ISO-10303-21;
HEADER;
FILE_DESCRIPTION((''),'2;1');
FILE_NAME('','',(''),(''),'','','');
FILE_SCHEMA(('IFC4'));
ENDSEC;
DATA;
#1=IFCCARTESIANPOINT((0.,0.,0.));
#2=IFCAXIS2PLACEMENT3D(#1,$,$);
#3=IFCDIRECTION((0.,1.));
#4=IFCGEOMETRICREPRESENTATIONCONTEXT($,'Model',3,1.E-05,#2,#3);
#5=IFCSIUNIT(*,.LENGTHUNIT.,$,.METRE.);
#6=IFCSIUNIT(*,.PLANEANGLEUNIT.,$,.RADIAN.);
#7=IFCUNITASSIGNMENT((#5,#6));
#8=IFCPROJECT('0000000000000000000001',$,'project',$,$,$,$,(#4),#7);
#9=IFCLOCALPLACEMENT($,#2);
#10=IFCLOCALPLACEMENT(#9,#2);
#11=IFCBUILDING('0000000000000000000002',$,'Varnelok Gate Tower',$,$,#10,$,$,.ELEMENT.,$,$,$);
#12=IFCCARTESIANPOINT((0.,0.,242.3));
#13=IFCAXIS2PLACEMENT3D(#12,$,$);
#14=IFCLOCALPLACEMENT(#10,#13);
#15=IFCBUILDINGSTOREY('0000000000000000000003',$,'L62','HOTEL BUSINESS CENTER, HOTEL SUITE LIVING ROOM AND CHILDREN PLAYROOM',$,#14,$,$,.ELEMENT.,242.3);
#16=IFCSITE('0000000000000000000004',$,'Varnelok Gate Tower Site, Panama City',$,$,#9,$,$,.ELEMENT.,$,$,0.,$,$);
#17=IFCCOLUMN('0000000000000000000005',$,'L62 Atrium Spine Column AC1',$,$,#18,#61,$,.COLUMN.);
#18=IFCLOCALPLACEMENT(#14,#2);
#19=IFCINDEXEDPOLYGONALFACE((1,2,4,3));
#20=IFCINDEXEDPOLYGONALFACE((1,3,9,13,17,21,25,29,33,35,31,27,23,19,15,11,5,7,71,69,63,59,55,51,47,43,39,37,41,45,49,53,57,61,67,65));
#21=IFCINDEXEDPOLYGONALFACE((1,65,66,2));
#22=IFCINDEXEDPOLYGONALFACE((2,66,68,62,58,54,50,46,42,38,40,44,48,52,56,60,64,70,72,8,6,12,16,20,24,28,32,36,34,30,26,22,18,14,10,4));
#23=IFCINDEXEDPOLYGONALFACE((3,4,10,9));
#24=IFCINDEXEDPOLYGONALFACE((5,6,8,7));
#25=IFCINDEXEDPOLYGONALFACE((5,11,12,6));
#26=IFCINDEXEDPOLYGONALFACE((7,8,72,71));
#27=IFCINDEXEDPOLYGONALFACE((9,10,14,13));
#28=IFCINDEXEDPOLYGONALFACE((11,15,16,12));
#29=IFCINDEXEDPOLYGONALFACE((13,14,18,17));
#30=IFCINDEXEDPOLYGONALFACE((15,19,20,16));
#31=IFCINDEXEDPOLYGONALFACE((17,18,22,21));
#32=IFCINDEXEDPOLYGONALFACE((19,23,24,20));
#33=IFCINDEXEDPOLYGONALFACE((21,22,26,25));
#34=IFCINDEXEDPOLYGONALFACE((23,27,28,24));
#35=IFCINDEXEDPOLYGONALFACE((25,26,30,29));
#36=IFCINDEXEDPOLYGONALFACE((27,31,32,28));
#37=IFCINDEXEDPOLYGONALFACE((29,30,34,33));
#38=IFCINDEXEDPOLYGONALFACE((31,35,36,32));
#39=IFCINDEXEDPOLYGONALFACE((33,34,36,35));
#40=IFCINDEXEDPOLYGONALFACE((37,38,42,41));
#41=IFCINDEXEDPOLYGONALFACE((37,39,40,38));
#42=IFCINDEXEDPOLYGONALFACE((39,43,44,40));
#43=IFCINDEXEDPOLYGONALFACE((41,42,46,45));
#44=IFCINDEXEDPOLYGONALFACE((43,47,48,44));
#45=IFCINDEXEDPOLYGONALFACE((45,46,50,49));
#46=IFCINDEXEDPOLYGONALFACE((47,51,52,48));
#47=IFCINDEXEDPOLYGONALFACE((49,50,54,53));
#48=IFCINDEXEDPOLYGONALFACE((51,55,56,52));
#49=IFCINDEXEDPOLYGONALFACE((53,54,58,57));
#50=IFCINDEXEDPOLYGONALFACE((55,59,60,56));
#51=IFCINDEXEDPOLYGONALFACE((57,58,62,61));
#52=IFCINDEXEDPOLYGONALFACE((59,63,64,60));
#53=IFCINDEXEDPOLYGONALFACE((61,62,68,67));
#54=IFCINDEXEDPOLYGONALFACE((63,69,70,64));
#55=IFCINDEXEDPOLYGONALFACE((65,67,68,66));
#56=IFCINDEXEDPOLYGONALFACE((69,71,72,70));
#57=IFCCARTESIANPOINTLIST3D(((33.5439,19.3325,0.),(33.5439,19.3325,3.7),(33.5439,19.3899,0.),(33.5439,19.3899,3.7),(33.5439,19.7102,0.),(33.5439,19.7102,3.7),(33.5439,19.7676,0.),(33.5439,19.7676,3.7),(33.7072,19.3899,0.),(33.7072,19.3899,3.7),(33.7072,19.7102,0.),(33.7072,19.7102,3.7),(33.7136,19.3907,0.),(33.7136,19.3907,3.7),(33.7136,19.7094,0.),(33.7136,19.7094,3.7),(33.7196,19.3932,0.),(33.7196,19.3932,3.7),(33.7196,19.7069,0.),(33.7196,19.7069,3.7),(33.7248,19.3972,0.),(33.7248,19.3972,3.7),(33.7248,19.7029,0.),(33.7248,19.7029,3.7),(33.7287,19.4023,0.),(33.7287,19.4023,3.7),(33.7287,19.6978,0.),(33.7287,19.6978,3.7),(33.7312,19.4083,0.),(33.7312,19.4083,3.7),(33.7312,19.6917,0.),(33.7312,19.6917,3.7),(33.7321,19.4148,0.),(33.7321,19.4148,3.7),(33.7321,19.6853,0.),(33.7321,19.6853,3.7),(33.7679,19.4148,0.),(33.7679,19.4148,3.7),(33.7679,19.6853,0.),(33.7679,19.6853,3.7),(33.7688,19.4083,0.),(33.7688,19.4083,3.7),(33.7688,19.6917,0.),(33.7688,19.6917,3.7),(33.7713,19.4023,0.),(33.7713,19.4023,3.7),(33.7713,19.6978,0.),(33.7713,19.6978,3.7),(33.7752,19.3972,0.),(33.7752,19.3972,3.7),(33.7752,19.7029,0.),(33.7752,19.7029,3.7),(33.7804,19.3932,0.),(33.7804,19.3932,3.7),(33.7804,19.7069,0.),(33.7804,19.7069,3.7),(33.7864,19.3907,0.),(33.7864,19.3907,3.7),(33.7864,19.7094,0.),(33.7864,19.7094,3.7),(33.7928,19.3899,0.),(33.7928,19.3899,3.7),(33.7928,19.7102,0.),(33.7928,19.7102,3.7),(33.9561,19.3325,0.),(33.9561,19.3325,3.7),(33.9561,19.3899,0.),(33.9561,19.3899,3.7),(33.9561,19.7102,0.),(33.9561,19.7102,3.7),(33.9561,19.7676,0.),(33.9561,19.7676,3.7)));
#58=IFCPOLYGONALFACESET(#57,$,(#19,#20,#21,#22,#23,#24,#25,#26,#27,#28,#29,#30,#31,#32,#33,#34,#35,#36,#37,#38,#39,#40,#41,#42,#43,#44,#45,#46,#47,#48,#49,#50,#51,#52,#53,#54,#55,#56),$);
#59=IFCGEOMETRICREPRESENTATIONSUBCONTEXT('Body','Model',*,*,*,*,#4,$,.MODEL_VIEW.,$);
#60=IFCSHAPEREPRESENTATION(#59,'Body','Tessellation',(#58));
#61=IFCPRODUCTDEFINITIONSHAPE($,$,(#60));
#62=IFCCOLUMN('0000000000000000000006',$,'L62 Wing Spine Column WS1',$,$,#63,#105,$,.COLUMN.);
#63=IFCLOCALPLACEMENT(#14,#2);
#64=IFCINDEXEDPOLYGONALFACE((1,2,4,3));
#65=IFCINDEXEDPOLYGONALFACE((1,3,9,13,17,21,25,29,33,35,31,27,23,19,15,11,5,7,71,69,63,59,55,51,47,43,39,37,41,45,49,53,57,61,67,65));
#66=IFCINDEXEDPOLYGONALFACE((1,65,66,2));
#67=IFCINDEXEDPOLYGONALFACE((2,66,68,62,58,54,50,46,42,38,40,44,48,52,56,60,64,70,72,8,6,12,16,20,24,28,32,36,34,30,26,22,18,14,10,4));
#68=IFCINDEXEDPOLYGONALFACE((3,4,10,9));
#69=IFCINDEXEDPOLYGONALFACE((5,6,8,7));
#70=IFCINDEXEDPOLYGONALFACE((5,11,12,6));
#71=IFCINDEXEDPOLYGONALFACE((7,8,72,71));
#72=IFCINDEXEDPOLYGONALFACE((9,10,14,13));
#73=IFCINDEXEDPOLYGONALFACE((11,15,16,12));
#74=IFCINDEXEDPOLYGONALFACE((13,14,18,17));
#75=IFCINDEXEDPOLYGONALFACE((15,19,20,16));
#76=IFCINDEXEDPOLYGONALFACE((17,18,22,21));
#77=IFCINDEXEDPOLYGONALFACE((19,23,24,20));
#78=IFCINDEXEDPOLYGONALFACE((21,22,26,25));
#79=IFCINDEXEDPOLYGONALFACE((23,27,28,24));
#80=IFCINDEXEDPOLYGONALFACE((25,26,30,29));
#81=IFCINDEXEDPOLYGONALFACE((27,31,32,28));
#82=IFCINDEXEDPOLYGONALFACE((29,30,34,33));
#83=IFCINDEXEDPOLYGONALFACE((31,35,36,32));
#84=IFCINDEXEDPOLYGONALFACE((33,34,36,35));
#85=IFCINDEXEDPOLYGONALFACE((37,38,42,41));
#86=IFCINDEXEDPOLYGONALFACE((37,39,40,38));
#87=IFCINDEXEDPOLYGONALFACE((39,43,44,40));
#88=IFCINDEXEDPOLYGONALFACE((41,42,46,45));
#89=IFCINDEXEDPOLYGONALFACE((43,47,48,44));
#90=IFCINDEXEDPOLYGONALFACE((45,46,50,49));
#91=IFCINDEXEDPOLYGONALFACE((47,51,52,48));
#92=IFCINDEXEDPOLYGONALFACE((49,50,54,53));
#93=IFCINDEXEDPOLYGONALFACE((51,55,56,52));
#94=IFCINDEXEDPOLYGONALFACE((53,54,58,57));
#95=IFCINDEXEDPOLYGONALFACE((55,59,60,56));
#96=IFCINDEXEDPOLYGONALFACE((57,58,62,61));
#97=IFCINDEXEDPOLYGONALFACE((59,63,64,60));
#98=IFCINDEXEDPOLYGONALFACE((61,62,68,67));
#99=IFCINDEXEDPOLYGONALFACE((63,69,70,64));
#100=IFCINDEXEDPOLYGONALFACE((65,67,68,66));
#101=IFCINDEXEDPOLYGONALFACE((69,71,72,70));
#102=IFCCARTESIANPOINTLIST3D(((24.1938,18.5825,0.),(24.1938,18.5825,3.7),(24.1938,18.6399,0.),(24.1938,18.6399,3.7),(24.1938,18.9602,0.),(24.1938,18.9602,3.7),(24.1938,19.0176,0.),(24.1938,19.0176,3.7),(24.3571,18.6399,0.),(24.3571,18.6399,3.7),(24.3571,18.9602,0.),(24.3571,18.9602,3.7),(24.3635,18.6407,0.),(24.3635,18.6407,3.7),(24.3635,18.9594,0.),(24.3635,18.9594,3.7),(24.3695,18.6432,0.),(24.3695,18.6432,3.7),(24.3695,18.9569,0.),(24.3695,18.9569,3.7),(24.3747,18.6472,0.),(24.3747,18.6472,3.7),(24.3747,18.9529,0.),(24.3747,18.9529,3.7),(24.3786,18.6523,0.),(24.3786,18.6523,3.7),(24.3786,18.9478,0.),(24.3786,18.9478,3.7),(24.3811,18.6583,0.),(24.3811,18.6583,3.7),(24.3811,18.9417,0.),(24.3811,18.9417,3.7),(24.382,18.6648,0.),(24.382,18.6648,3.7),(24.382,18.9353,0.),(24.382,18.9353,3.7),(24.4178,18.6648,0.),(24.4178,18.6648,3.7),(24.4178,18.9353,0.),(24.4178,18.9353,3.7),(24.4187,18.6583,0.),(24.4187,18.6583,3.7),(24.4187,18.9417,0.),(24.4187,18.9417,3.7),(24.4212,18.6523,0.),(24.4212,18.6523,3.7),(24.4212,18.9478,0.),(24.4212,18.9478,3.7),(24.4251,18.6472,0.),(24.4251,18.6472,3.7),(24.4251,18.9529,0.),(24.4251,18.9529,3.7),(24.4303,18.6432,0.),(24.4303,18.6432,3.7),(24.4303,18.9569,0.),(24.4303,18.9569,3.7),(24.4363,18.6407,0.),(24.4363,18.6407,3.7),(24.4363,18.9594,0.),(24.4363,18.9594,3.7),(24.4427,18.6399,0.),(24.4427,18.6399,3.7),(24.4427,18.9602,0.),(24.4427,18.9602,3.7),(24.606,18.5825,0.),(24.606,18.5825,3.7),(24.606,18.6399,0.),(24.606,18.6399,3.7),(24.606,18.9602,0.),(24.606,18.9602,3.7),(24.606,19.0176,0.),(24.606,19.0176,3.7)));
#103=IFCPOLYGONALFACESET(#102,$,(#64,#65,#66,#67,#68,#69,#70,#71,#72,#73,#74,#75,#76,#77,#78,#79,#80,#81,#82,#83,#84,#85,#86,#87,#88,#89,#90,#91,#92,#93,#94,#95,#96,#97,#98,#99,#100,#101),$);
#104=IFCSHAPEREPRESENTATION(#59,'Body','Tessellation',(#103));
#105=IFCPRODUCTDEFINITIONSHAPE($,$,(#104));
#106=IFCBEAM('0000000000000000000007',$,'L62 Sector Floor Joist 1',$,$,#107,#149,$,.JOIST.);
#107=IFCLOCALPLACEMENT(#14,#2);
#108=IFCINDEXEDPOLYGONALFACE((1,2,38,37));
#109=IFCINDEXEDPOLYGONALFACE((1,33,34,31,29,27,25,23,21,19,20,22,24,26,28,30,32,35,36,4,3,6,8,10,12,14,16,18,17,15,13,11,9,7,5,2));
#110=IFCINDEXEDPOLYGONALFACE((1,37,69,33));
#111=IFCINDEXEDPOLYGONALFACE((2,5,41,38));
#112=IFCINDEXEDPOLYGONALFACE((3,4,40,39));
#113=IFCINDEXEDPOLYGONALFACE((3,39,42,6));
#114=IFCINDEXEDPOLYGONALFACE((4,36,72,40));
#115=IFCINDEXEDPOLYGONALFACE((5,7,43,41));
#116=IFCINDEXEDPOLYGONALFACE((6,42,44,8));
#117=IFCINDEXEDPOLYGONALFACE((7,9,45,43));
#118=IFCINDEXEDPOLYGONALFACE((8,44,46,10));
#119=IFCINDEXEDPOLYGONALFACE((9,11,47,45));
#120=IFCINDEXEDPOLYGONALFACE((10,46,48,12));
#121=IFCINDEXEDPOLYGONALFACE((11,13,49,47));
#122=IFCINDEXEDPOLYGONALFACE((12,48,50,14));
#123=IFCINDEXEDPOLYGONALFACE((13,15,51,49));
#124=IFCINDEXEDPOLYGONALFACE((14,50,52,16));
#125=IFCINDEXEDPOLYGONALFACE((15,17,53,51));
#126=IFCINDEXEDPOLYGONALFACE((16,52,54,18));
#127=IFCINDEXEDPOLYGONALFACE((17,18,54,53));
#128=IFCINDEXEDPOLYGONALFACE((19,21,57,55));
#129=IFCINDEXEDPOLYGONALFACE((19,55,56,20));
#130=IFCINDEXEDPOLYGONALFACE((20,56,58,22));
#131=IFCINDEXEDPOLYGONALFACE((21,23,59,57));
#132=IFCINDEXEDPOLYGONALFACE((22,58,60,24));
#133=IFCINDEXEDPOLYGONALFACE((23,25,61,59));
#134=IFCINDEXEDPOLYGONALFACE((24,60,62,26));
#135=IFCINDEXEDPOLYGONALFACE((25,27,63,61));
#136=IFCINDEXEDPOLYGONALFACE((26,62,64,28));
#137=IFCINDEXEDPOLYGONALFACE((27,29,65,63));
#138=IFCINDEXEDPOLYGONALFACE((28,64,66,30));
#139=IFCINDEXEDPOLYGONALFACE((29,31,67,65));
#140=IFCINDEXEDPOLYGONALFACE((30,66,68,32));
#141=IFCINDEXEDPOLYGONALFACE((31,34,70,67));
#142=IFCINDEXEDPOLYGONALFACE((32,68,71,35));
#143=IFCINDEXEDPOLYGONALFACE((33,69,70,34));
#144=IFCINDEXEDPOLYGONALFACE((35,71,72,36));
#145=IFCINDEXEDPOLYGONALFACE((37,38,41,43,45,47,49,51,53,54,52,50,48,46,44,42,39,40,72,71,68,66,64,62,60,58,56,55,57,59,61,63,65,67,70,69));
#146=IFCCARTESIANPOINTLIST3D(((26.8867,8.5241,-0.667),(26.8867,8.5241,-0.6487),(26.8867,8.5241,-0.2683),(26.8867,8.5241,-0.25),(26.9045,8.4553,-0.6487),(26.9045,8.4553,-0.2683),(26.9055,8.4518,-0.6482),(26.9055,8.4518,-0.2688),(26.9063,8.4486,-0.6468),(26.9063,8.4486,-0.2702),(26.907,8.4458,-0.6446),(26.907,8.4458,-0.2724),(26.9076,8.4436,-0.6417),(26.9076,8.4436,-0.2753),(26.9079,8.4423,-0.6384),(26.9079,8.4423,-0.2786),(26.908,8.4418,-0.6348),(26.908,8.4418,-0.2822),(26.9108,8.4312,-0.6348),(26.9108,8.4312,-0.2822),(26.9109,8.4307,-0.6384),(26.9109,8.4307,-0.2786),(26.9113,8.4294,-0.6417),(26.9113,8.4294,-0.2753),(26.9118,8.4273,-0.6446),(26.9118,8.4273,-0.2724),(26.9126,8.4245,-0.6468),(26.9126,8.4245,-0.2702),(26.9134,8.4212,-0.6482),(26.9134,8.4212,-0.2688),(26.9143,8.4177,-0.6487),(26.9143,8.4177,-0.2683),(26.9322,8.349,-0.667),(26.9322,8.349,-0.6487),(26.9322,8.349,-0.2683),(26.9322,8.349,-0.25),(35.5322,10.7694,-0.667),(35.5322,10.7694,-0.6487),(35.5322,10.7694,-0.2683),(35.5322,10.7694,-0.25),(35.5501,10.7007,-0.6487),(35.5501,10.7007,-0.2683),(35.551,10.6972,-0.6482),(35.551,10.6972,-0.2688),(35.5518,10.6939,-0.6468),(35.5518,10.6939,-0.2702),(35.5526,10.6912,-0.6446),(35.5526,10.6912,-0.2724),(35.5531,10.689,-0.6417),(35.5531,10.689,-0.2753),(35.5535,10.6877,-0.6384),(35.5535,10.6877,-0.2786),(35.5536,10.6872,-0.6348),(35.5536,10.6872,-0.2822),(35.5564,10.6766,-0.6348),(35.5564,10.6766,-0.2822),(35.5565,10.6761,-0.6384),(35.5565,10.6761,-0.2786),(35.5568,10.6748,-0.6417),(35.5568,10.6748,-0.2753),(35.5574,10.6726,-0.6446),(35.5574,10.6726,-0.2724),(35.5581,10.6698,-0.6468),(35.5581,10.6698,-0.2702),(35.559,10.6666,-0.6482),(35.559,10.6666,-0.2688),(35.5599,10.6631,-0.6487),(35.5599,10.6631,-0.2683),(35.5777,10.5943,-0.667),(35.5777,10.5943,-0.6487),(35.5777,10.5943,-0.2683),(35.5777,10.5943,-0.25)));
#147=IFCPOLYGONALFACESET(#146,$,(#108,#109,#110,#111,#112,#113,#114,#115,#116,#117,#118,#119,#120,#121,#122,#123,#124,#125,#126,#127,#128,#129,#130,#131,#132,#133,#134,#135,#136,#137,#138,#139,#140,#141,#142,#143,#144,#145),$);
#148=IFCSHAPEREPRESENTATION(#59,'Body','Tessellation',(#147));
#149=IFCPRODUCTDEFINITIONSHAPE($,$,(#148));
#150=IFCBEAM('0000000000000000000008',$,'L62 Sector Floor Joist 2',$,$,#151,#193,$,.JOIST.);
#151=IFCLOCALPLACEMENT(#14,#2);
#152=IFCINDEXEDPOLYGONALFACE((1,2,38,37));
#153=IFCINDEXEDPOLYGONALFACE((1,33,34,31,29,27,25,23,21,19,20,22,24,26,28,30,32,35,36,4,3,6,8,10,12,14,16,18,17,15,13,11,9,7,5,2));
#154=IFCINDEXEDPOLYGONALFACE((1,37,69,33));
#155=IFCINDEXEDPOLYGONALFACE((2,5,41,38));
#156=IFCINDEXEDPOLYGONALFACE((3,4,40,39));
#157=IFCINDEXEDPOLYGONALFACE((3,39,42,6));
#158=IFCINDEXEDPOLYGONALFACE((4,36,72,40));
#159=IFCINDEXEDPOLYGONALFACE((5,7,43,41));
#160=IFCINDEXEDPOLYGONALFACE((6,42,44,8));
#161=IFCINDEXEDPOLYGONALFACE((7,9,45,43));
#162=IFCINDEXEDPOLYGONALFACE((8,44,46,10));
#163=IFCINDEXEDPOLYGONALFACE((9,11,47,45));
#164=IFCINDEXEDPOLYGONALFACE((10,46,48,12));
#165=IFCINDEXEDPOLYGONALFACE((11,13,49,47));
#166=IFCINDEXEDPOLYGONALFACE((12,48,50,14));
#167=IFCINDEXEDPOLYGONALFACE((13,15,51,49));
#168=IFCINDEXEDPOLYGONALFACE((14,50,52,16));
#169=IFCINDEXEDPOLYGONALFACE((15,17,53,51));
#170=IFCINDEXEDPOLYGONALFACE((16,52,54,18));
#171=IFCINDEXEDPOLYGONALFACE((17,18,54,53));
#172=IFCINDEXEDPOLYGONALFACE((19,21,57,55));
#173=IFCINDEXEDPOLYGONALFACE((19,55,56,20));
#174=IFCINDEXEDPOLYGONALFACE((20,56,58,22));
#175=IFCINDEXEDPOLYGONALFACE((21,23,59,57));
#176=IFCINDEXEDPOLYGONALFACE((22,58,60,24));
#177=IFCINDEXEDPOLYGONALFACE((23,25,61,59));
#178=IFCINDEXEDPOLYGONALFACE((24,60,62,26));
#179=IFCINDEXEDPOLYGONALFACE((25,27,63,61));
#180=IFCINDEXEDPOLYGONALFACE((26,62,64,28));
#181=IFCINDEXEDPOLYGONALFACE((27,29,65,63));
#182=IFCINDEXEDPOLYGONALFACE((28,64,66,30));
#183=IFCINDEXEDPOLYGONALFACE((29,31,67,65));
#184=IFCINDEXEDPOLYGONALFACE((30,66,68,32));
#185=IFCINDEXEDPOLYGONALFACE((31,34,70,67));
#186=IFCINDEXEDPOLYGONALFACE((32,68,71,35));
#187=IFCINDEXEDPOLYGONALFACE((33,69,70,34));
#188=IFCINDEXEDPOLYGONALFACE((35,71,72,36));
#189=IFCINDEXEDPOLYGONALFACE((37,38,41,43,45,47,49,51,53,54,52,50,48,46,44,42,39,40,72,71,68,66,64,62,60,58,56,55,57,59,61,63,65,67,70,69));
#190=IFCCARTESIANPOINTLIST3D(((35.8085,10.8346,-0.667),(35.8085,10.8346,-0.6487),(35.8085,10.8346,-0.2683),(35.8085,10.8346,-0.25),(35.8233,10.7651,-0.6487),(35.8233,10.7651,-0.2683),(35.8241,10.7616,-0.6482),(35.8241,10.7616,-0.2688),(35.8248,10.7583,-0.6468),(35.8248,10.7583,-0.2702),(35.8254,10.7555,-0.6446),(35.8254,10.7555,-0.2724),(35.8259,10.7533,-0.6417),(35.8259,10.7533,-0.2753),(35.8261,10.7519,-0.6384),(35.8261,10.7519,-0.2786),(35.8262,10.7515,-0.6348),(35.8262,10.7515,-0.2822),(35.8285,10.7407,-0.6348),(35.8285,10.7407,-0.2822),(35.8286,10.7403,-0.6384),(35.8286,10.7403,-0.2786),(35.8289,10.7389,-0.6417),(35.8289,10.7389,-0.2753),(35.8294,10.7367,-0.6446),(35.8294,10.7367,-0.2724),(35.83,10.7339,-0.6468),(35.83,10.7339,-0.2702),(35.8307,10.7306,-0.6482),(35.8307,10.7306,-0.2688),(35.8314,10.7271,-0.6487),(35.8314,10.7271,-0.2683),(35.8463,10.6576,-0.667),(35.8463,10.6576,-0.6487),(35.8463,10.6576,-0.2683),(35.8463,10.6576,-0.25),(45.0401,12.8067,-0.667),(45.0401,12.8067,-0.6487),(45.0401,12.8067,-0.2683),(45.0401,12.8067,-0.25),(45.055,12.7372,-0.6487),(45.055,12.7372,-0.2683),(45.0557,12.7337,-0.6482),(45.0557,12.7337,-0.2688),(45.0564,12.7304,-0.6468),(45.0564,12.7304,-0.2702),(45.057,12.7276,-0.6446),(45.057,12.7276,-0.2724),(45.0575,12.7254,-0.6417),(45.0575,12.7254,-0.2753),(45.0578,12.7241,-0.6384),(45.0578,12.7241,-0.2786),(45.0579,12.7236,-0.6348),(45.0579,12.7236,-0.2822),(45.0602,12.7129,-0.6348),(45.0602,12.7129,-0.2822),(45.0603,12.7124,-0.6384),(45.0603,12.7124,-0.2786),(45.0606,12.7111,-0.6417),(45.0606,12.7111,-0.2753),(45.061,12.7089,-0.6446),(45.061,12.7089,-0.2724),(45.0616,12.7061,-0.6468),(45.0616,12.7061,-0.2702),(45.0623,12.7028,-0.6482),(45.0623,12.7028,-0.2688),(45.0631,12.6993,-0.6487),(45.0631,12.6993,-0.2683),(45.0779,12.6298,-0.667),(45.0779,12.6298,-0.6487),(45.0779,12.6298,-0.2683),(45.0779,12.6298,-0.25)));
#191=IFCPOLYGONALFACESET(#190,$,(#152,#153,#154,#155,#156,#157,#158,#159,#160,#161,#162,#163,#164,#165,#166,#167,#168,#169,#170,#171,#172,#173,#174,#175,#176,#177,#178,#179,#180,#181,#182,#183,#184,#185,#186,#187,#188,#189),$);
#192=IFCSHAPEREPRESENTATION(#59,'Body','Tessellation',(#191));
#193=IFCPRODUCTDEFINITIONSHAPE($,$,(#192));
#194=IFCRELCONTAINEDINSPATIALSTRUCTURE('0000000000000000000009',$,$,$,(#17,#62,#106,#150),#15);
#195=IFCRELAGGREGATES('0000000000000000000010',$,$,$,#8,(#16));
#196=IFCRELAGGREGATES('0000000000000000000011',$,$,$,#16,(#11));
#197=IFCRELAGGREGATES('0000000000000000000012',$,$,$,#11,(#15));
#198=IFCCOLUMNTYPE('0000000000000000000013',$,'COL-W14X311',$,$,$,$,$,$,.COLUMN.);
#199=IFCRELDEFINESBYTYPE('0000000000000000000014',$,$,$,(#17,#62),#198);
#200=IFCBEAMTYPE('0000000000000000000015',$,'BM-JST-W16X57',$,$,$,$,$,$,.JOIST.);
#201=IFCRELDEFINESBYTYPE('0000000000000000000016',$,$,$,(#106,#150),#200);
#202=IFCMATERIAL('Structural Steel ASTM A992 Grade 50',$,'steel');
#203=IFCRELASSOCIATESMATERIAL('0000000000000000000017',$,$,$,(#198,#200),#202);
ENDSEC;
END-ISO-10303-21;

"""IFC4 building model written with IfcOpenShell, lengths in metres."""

from ifc_helpers import new_model, si_unit, direction, frame, origin, origin_2d, place, context, subcontext, project, spatial, i_section, extrude, material, material_profile, profile_set, type_object, element, save


model = new_model("IFC4")

# Units and contexts
model_context = context("Model", 3, precision=1e-05, world=origin(), true_north=direction((0.0, 1.0)))
body_context = subcontext(model_context, "Body", "Model", "MODEL_VIEW")
ifc_project = project(units=[si_unit("LENGTHUNIT", "METRE"), si_unit("PLANEANGLEUNIT", "RADIAN")], contexts=[model_context])

# Site, building, storey
site_placement = place(None, origin())
site = spatial("IfcSite", under=ifc_project, at=site_placement, Name="Varnelok Gate Tower Site, Panama City", CompositionType="ELEMENT", RefElevation=0.0)
building_placement = place(site_placement, origin())
building = spatial("IfcBuilding", under=site, at=building_placement, Name="Varnelok Gate Tower", CompositionType="ELEMENT")
storey_placement = place(building_placement, frame((0.0, 0.0, 242.3)))
storey = spatial("IfcBuildingStorey", under=building, at=storey_placement, Name="L62", Description="HOTEL BUSINESS CENTER, HOTEL SUITE LIVING ROOM AND CHILDREN PLAYROOM", CompositionType="ELEMENT", Elevation=242.3)

# Columns
ifc_material_1 = material(Name="Structural Steel ASTM A992 Grade 50", Category="steel")
ifc_material_profile_1 = material_profile(ifc_material_1, i_section(OverallWidth=0.4121, OverallDepth=0.4351, WebThickness=0.0359, FlangeThickness=0.0574, FilletRadius=0.0249, at=origin_2d()), Name="W14X311")
ifc_profile_set_1 = profile_set([ifc_material_profile_1], Name="Structural Steel ASTM A992 Grade 50")
column_type = type_object("IfcColumnType", Name="COL-W14X311", PredefinedType="COLUMN", material=ifc_profile_set_1)
for number, where, z_axis, x_axis, name in (
    (1, (33.75, 19.55, 0.0), (0.0, 0.0, 1.0), (1.0, 0.0, 0.0), "L62 Atrium Spine Column AC1"),
    (2, (24.3999, 18.8, 0.0), (0.0, 0.0, 1.0), (1.0, 0.0, 0.0), "L62 Wing Spine Column WS1"),
):
    element("IfcColumn", number, at=place(storey_placement, frame(where, z_axis=z_axis, x_axis=x_axis)), inside=storey, type_object=column_type, Name=name, PredefinedType="COLUMN", context=body_context, shape_type="SweptSolid", body=[
        extrude(i_section(OverallWidth=0.4121, OverallDepth=0.4351, WebThickness=0.0359, FlangeThickness=0.0574, FilletRadius=0.0249, at=origin_2d()), origin(), (0.0, 0.0, 1.0), 3.7),
    ])

# Beams
ifc_material_profile_2 = material_profile(ifc_material_1, i_section(OverallWidth=0.1809, OverallDepth=0.417, WebThickness=0.011, FlangeThickness=0.0183, FilletRadius=0.0139, at=origin_2d()), Name="W16X57")
ifc_profile_set_2 = profile_set([ifc_material_profile_2], Name="Structural Steel ASTM A992 Grade 50")
beam_type_1 = type_object("IfcBeamType", Name="BM-JST-W16X57", PredefinedType="JOIST", material=ifc_profile_set_2)
beam_1_placement = place(storey_placement, frame((26.9094, 8.4365, -0.4585), z_axis=(0.96789, 0.251375, 0.0), x_axis=(-0.251375, 0.96789, 0.0)))
element("IfcBeam", 3, at=beam_1_placement, inside=storey, type_object=beam_type_1, Name="L62 Sector Floor Joist 1", PredefinedType="JOIST", context=body_context, shape_type="SweptSolid", body=[
    extrude(i_section(OverallWidth=0.1809, OverallDepth=0.417, WebThickness=0.011, FlangeThickness=0.0183, FilletRadius=0.0139, at=origin_2d()), origin(), (0.0, 0.0, 1.0), 8.9324),
])
beam_2_placement = place(storey_placement, frame((35.8274, 10.7461, -0.4585), z_axis=(0.977934, 0.208916, 0.0), x_axis=(-0.208916, 0.977934, 0.0)))
element("IfcBeam", 4, at=beam_2_placement, inside=storey, type_object=beam_type_1, Name="L62 Sector Floor Joist 2", PredefinedType="JOIST", context=body_context, shape_type="SweptSolid", body=[
    extrude(i_section(OverallWidth=0.1809, OverallDepth=0.417, WebThickness=0.011, FlangeThickness=0.0183, FilletRadius=0.0139, at=origin_2d()), origin(), (0.0, 0.0, 1.0), 9.4399),
])

save(model, "model.ifc")
